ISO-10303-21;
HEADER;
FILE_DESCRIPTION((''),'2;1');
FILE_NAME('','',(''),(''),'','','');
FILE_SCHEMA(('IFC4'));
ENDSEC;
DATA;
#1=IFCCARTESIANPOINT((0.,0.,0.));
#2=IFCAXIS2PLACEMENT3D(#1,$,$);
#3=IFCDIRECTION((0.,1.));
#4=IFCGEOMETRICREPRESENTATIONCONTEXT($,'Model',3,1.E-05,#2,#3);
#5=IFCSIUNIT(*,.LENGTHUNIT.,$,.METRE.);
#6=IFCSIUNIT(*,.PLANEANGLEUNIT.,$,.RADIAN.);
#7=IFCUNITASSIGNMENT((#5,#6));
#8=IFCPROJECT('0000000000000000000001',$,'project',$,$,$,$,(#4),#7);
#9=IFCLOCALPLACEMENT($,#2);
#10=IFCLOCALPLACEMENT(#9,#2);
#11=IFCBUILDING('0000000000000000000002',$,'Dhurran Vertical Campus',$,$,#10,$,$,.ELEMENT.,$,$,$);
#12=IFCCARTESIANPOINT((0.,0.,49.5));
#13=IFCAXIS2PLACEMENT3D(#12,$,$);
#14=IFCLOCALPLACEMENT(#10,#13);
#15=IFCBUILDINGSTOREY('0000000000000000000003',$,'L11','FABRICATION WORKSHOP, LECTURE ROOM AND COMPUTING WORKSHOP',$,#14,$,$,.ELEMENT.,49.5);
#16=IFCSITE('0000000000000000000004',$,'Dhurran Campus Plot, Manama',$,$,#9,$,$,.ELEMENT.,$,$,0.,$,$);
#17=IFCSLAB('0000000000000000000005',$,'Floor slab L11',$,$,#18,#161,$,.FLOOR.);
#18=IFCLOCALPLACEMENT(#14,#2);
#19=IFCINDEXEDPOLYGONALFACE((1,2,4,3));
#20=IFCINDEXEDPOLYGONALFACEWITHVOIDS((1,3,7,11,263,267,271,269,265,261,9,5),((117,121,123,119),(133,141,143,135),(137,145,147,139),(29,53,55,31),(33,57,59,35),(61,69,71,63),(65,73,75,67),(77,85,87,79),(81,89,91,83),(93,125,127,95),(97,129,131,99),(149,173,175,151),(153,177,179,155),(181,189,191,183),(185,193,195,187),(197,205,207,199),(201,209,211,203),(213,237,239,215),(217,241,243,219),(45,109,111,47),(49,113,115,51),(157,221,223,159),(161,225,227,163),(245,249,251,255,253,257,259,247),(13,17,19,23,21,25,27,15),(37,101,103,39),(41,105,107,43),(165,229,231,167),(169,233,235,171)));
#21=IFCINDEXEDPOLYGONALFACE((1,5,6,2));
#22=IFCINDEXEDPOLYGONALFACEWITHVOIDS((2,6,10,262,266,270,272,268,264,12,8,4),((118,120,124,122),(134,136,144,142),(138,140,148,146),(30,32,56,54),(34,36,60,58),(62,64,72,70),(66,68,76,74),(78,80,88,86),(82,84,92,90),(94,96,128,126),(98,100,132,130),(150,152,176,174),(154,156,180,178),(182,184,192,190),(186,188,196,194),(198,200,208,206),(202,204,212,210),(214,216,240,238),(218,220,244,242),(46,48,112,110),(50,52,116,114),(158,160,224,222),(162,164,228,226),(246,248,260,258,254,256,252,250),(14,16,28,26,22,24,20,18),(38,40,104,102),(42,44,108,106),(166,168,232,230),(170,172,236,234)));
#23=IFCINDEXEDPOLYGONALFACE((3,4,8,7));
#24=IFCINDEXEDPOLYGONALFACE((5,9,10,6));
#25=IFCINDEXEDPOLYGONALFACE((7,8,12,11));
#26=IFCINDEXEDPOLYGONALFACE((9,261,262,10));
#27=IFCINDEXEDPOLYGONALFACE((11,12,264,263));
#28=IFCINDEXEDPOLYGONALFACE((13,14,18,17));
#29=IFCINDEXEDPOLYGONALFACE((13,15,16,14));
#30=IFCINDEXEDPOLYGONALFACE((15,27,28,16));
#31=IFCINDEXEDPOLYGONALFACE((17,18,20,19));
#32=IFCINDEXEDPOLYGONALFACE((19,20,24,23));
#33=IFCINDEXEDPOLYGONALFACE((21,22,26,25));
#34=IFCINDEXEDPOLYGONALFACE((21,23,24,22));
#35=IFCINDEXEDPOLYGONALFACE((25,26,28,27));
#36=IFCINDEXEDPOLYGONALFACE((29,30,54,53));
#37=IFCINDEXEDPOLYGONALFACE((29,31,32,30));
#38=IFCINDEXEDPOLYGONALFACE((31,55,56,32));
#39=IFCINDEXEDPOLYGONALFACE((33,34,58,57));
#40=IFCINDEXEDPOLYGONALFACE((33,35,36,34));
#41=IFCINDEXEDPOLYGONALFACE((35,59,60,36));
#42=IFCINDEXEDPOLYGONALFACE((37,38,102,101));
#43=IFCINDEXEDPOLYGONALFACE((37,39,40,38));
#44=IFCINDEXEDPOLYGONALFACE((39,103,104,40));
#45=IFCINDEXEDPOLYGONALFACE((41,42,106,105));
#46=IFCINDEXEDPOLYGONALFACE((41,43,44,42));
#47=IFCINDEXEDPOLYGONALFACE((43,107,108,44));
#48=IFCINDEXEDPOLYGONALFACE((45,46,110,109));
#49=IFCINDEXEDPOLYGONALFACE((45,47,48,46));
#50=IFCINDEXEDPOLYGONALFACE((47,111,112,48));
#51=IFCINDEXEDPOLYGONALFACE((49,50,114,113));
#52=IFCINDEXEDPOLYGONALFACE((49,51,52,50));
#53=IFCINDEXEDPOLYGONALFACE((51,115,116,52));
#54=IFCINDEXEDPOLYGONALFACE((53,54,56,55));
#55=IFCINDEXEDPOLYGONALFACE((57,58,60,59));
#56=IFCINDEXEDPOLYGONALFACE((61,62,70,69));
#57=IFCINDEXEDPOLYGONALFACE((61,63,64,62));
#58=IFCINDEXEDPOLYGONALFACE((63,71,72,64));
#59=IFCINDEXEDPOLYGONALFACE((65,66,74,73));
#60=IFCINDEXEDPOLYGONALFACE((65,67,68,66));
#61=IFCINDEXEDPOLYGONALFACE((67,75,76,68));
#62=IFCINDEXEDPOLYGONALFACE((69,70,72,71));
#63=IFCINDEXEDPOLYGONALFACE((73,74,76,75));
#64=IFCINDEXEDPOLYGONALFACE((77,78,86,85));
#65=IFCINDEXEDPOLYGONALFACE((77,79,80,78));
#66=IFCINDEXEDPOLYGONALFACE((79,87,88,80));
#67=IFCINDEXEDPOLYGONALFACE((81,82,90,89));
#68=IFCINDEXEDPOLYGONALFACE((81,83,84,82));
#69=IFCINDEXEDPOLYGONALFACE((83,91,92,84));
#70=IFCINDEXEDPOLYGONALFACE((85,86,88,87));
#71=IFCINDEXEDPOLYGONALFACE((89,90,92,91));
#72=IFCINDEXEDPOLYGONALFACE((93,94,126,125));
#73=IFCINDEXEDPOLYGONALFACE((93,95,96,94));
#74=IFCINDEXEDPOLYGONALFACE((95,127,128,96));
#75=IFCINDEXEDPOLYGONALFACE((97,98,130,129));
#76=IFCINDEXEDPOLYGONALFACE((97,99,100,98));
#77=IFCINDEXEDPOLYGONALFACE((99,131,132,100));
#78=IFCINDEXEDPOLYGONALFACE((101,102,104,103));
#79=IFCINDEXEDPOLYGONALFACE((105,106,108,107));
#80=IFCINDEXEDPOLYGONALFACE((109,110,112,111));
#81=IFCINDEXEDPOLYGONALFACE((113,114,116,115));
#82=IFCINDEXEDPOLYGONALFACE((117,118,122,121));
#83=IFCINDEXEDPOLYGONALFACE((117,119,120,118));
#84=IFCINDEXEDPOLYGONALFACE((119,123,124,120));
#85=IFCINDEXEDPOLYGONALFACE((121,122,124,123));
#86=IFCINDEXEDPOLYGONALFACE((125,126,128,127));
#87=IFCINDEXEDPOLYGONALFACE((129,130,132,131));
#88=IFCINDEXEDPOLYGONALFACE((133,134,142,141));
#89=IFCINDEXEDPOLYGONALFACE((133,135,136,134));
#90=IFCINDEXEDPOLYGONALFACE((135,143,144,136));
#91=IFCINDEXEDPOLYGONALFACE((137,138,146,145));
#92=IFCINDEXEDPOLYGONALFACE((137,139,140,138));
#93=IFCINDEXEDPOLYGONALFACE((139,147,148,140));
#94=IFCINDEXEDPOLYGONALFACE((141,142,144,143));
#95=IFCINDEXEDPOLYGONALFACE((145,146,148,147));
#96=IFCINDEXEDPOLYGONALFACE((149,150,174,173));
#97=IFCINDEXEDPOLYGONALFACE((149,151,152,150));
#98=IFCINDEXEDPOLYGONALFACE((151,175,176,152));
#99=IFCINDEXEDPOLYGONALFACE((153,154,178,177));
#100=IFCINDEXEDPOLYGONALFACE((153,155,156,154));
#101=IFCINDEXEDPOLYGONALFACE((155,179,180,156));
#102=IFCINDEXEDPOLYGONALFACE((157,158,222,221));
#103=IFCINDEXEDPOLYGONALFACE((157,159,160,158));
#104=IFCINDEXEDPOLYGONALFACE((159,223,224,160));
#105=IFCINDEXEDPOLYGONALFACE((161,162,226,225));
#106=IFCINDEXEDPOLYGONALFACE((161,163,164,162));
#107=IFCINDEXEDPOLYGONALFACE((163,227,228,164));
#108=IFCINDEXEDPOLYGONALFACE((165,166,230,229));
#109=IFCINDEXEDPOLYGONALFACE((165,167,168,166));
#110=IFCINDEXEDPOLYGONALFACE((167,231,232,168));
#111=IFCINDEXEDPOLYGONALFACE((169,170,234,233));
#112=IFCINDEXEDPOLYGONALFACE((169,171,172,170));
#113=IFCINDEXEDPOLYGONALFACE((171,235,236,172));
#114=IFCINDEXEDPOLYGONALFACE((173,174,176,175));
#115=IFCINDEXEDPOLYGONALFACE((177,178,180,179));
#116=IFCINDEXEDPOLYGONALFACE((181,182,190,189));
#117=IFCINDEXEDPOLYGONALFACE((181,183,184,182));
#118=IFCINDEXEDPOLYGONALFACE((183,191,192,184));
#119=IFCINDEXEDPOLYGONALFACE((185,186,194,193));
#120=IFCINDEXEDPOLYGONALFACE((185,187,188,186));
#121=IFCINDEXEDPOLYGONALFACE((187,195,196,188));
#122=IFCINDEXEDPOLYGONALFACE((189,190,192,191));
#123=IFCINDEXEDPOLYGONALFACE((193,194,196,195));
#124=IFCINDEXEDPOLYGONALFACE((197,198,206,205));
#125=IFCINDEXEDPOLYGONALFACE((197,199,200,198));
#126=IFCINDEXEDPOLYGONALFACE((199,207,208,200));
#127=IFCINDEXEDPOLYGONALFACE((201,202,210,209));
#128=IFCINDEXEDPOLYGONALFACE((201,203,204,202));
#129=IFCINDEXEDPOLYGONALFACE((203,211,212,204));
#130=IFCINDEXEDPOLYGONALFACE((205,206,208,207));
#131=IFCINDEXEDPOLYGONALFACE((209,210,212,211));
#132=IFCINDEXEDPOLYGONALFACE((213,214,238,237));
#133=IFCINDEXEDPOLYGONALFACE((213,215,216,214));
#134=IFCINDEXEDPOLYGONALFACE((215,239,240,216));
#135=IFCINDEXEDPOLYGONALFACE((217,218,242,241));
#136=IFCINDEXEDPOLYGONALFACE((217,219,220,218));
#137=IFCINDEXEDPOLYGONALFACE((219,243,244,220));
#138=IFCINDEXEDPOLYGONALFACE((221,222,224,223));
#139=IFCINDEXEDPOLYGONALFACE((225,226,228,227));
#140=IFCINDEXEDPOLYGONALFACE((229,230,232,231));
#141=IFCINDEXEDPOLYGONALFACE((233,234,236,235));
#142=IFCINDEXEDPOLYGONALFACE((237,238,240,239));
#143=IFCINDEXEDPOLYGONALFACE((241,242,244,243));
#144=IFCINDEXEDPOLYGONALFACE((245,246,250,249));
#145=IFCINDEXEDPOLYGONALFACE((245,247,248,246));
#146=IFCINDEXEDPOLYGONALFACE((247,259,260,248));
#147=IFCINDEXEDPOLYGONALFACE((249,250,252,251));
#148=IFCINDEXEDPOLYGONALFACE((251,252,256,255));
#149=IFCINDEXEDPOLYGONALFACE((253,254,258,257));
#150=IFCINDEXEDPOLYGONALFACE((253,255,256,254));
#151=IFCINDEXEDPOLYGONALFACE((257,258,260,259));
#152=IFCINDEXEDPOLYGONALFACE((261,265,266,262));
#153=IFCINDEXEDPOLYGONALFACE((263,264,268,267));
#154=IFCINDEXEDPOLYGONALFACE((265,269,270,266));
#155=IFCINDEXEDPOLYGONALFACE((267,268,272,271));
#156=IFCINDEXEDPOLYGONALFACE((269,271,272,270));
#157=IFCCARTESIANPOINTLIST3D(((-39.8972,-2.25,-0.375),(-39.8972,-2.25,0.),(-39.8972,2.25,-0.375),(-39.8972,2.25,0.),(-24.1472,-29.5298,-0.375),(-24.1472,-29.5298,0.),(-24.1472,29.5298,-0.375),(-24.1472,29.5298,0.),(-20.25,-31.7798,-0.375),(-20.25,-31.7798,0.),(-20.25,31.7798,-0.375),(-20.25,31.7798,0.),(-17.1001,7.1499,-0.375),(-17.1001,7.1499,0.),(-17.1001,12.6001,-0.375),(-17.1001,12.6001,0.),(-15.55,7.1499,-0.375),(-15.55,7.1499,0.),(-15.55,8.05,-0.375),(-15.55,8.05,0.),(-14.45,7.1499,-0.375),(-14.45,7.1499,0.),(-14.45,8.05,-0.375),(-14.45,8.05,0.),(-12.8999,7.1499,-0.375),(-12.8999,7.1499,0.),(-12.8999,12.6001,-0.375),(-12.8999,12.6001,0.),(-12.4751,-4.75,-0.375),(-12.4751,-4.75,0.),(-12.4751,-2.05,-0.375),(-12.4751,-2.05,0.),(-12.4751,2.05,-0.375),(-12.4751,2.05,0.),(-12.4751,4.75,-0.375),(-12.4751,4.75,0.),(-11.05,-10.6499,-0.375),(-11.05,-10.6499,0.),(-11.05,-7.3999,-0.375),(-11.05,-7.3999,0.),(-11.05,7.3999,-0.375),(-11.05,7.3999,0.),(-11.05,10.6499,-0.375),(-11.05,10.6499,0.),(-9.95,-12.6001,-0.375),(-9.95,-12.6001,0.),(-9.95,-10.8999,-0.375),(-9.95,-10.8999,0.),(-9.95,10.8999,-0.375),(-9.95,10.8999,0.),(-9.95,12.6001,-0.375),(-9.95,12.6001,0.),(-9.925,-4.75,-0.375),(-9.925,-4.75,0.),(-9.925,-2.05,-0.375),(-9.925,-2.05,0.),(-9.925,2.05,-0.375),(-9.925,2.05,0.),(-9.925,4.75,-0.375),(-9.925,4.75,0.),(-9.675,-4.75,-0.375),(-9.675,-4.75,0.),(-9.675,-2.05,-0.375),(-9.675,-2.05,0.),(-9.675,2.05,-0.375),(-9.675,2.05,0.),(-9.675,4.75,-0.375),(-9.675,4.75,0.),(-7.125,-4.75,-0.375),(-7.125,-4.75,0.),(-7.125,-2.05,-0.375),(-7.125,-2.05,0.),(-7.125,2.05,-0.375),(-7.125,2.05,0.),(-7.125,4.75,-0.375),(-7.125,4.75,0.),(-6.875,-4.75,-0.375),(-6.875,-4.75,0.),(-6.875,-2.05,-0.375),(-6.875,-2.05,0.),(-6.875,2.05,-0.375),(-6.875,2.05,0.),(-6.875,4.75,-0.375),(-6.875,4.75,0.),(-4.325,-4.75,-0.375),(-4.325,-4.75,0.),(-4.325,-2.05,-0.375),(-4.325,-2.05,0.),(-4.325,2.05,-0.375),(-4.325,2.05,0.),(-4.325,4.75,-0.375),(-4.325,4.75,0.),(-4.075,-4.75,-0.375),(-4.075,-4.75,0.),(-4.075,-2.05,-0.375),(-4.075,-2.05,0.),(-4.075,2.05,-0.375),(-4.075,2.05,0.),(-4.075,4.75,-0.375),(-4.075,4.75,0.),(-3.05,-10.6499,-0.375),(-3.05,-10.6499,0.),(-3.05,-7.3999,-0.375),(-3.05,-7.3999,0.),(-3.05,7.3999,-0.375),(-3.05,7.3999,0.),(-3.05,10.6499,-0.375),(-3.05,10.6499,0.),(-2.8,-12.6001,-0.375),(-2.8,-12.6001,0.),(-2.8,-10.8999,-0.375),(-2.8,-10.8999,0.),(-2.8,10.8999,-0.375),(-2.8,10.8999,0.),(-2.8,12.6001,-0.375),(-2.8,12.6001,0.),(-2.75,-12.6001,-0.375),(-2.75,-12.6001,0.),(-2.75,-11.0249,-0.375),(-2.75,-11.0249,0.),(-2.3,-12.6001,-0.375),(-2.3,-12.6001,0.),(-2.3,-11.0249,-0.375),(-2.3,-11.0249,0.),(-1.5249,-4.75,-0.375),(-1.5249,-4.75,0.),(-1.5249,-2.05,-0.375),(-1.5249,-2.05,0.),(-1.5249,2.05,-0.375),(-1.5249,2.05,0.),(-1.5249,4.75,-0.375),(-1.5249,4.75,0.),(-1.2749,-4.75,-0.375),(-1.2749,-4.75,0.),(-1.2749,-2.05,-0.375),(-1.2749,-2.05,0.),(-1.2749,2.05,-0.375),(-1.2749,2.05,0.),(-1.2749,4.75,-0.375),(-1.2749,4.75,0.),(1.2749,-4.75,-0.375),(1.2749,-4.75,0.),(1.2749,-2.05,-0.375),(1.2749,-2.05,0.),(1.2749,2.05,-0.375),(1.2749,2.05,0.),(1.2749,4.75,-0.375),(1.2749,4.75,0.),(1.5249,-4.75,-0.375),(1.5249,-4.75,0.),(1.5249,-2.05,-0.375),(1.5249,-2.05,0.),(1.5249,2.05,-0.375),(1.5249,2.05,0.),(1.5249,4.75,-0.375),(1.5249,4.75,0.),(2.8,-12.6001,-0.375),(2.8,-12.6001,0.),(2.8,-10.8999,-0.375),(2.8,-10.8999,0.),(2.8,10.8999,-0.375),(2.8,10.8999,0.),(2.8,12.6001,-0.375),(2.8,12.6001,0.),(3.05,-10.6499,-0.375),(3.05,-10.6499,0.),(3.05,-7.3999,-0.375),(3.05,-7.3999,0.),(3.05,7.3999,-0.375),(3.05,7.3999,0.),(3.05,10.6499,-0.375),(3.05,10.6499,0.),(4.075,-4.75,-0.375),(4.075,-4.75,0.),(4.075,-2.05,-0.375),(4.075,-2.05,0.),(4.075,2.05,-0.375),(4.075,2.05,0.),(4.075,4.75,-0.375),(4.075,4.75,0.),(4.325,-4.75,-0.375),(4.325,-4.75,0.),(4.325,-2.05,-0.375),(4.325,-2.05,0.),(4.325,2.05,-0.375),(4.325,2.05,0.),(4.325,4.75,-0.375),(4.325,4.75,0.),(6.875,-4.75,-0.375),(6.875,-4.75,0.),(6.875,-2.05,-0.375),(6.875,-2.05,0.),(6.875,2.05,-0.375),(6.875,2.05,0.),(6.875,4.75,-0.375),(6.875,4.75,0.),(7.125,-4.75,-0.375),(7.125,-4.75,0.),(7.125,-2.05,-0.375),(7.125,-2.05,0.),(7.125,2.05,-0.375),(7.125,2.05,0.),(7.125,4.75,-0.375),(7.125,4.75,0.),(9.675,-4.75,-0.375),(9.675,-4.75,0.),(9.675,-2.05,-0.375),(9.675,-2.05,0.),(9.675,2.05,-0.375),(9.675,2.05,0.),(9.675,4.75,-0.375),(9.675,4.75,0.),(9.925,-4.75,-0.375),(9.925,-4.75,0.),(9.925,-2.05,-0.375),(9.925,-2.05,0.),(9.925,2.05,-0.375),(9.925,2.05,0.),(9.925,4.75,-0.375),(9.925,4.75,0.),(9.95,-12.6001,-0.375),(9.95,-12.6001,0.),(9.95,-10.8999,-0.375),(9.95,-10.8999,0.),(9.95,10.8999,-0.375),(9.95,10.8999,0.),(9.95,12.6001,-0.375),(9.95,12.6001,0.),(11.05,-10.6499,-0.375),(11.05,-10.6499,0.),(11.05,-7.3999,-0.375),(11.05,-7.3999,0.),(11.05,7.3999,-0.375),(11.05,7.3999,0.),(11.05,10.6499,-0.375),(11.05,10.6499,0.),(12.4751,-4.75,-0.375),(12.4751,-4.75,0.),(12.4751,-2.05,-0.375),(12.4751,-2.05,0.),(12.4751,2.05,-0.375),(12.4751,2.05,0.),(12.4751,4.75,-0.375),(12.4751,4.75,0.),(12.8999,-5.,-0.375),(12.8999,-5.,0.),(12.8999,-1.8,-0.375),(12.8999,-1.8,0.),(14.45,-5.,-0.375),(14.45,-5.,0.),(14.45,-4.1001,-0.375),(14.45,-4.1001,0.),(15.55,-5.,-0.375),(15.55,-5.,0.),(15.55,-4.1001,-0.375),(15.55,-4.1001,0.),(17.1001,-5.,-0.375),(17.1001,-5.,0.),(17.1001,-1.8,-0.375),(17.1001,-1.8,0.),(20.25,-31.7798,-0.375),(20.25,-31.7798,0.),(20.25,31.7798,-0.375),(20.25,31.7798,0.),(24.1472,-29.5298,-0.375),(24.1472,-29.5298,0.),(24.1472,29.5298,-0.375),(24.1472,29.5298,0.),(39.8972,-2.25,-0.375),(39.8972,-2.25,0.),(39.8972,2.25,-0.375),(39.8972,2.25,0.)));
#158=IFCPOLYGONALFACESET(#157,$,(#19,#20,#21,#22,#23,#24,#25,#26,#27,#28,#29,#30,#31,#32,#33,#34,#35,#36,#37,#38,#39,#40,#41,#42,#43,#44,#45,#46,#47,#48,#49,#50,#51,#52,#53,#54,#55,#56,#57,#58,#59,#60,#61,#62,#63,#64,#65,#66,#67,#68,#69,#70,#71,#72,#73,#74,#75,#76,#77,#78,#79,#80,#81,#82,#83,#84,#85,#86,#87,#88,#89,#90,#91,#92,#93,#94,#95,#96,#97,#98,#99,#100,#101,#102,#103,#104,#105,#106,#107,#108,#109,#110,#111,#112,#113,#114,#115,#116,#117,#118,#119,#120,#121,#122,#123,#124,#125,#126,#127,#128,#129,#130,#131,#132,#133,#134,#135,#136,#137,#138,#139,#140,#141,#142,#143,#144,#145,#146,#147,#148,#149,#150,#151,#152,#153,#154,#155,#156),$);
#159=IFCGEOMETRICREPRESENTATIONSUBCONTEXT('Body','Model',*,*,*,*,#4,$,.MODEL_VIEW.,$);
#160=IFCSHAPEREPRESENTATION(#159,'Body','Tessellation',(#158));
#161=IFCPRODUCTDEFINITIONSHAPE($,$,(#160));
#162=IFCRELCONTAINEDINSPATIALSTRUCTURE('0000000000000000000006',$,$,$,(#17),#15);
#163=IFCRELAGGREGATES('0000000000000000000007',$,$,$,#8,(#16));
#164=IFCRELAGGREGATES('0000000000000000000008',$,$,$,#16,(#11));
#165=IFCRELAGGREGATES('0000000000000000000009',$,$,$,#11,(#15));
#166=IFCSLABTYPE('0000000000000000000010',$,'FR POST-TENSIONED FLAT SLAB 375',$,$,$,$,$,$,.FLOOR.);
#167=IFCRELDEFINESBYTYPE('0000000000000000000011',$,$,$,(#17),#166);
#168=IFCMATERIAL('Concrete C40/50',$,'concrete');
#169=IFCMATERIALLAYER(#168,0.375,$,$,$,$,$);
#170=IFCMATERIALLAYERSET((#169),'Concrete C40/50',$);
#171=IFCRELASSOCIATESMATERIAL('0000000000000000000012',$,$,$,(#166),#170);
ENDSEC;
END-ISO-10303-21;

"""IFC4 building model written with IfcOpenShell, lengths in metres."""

from ifc_helpers import new_model, si_unit, direction, frame, origin, place, context, subcontext, project, spatial, polyline, outline, extrude, material, layer, layer_set, type_object, element, save


model = new_model("IFC4")

# Units and contexts
model_context = context("Model", 3, precision=1e-05, world=origin(), true_north=direction((0.0, 1.0)))
body_context = subcontext(model_context, "Body", "Model", "MODEL_VIEW")
ifc_project = project(units=[si_unit("LENGTHUNIT", "METRE"), si_unit("PLANEANGLEUNIT", "RADIAN")], contexts=[model_context])

# Site, building, storey
site_placement = place(None, origin())
site = spatial("IfcSite", under=ifc_project, at=site_placement, Name="Dhurran Campus Plot, Manama", CompositionType="ELEMENT", RefElevation=0.0)
building_placement = place(site_placement, origin())
building = spatial("IfcBuilding", under=site, at=building_placement, Name="Dhurran Vertical Campus", CompositionType="ELEMENT")
storey_placement = place(building_placement, frame((0.0, 0.0, 49.5)))
storey = spatial("IfcBuildingStorey", under=building, at=storey_placement, Name="L11", Description="FABRICATION WORKSHOP, LECTURE ROOM AND COMPUTING WORKSHOP", CompositionType="ELEMENT", Elevation=49.5)

# Slab
ifc_material_1 = material(Name="Concrete C40/50", Category="concrete")
ifc_layer_1 = layer(ifc_material_1, 0.375)
ifc_layer_set_1 = layer_set([ifc_layer_1], Name="Concrete C40/50")
slab_type = type_object("IfcSlabType", Name="FR POST-TENSIONED FLAT SLAB 375", PredefinedType="FLOOR", material=ifc_layer_set_1)
slab_placement = place(storey_placement, frame((0.0, 0.0, -0.375)))
element("IfcSlab", 1, at=slab_placement, inside=storey, type_object=slab_type, Name="Floor slab L11", PredefinedType="FLOOR", context=body_context, shape_type="SweptSolid", body=[
    extrude(outline(polyline([(-20.25, -31.7798), (20.25, -31.7798), (24.1472, -29.5298), (39.8972, -2.25), (39.8972, 2.25), (24.1472, 29.5298), (20.25, 31.7798), (-20.25, 31.7798), (-24.1472, 29.5298), (-39.8972, 2.25), (-39.8972, -2.25), (-24.1472, -29.5298), (-20.25, -31.7798)]), holes=[polyline([(-12.4751, 2.05), (-9.925, 2.05), (-9.925, 4.75), (-12.4751, 4.75), (-12.4751, 2.05)]), polyline([(-9.675, 2.05), (-7.125, 2.05), (-7.125, 4.75), (-9.675, 4.75), (-9.675, 2.05)]), polyline([(-6.875, 2.05), (-4.325, 2.05), (-4.325, 4.75), (-6.875, 4.75), (-6.875, 2.05)]), polyline([(-1.2749, 2.05), (1.2749, 2.05), (1.2749, 4.75), (-1.2749, 4.75), (-1.2749, 2.05)]), polyline([(9.925, 2.05), (12.4751, 2.05), (12.4751, 4.75), (9.925, 4.75), (9.925, 2.05)]), polyline([(-1.2749, -4.75), (1.2749, -4.75), (1.2749, -2.05), (-1.2749, -2.05), (-1.2749, -4.75)]), polyline([(1.5249, -4.75), (4.075, -4.75), (4.075, -2.05), (1.5249, -2.05), (1.5249, -4.75)]), polyline([(4.325, -4.75), (6.875, -4.75), (6.875, -2.05), (4.325, -2.05), (4.325, -4.75)]), polyline([(7.125, -4.75), (9.675, -4.75), (9.675, -2.05), (7.125, -2.05), (7.125, -4.75)]), polyline([(9.925, -4.75), (12.4751, -4.75), (12.4751, -2.05), (9.925, -2.05), (9.925, -4.75)]), polyline([(-4.075, 2.05), (-1.5249, 2.05), (-1.5249, 4.75), (-4.075, 4.75), (-4.075, 2.05)]), polyline([(1.5249, 2.05), (4.075, 2.05), (4.075, 4.75), (1.5249, 4.75), (1.5249, 2.05)]), polyline([(4.325, 2.05), (6.875, 2.05), (6.875, 4.75), (4.325, 4.75), (4.325, 2.05)]), polyline([(7.125, 2.05), (9.675, 2.05), (9.675, 4.75), (7.125, 4.75), (7.125, 2.05)]), polyline([(-12.4751, -4.75), (-9.925, -4.75), (-9.925, -2.05), (-12.4751, -2.05), (-12.4751, -4.75)]), polyline([(-9.675, -4.75), (-7.125, -4.75), (-7.125, -2.05), (-9.675, -2.05), (-9.675, -4.75)]), polyline([(-6.875, -4.75), (-4.325, -4.75), (-4.325, -2.05), (-6.875, -2.05), (-6.875, -4.75)]), polyline([(-4.075, -4.75), (-1.5249, -4.75), (-1.5249, -2.05), (-4.075, -2.05), (-4.075, -4.75)]), polyline([(-11.05, 7.3999), (-3.05, 7.3999), (-3.05, 10.6499), (-11.05, 10.6499), (-11.05, 7.3999)]), polyline([(3.05, 7.3999), (11.05, 7.3999), (11.05, 10.6499), (3.05, 10.6499), (3.05, 7.3999)]), polyline([(-11.05, -10.6499), (-3.05, -10.6499), (-3.05, -7.3999), (-11.05, -7.3999), (-11.05, -10.6499)]), polyline([(3.05, -10.6499), (11.05, -10.6499), (11.05, -7.3999), (3.05, -7.3999), (3.05, -10.6499)]), polyline([(-9.95, 10.8999), (-9.95, 12.6001), (-2.8, 12.6001), (-2.8, 10.8999), (-9.95, 10.8999)]), polyline([(9.95, 12.6001), (9.95, 10.8999), (2.8, 10.8999), (2.8, 12.6001), (9.95, 12.6001)]), polyline([(-9.95, -12.6001), (-9.95, -10.8999), (-2.8, -10.8999), (-2.8, -12.6001), (-9.95, -12.6001)]), polyline([(9.95, -10.8999), (9.95, -12.6001), (2.8, -12.6001), (2.8, -10.8999), (9.95, -10.8999)]), polyline([(-12.8999, 12.6001), (-12.8999, 7.1499), (-14.45, 7.1499), (-14.45, 8.05), (-15.55, 8.05), (-15.55, 7.1499), (-17.1001, 7.1499), (-17.1001, 12.6001), (-12.8999, 12.6001)]), polyline([(-2.3, -11.0249), (-2.3, -12.6001), (-2.75, -12.6001), (-2.75, -11.0249), (-2.3, -11.0249)]), polyline([(17.1001, -1.8), (17.1001, -5.0), (15.55, -5.0), (15.55, -4.1001), (14.45, -4.1001), (14.45, -5.0), (12.8999, -5.0), (12.8999, -1.8), (17.1001, -1.8)])]), origin(), (0.0, 0.0, 1.0), 0.375),
])

save(model, "model.ifc")
